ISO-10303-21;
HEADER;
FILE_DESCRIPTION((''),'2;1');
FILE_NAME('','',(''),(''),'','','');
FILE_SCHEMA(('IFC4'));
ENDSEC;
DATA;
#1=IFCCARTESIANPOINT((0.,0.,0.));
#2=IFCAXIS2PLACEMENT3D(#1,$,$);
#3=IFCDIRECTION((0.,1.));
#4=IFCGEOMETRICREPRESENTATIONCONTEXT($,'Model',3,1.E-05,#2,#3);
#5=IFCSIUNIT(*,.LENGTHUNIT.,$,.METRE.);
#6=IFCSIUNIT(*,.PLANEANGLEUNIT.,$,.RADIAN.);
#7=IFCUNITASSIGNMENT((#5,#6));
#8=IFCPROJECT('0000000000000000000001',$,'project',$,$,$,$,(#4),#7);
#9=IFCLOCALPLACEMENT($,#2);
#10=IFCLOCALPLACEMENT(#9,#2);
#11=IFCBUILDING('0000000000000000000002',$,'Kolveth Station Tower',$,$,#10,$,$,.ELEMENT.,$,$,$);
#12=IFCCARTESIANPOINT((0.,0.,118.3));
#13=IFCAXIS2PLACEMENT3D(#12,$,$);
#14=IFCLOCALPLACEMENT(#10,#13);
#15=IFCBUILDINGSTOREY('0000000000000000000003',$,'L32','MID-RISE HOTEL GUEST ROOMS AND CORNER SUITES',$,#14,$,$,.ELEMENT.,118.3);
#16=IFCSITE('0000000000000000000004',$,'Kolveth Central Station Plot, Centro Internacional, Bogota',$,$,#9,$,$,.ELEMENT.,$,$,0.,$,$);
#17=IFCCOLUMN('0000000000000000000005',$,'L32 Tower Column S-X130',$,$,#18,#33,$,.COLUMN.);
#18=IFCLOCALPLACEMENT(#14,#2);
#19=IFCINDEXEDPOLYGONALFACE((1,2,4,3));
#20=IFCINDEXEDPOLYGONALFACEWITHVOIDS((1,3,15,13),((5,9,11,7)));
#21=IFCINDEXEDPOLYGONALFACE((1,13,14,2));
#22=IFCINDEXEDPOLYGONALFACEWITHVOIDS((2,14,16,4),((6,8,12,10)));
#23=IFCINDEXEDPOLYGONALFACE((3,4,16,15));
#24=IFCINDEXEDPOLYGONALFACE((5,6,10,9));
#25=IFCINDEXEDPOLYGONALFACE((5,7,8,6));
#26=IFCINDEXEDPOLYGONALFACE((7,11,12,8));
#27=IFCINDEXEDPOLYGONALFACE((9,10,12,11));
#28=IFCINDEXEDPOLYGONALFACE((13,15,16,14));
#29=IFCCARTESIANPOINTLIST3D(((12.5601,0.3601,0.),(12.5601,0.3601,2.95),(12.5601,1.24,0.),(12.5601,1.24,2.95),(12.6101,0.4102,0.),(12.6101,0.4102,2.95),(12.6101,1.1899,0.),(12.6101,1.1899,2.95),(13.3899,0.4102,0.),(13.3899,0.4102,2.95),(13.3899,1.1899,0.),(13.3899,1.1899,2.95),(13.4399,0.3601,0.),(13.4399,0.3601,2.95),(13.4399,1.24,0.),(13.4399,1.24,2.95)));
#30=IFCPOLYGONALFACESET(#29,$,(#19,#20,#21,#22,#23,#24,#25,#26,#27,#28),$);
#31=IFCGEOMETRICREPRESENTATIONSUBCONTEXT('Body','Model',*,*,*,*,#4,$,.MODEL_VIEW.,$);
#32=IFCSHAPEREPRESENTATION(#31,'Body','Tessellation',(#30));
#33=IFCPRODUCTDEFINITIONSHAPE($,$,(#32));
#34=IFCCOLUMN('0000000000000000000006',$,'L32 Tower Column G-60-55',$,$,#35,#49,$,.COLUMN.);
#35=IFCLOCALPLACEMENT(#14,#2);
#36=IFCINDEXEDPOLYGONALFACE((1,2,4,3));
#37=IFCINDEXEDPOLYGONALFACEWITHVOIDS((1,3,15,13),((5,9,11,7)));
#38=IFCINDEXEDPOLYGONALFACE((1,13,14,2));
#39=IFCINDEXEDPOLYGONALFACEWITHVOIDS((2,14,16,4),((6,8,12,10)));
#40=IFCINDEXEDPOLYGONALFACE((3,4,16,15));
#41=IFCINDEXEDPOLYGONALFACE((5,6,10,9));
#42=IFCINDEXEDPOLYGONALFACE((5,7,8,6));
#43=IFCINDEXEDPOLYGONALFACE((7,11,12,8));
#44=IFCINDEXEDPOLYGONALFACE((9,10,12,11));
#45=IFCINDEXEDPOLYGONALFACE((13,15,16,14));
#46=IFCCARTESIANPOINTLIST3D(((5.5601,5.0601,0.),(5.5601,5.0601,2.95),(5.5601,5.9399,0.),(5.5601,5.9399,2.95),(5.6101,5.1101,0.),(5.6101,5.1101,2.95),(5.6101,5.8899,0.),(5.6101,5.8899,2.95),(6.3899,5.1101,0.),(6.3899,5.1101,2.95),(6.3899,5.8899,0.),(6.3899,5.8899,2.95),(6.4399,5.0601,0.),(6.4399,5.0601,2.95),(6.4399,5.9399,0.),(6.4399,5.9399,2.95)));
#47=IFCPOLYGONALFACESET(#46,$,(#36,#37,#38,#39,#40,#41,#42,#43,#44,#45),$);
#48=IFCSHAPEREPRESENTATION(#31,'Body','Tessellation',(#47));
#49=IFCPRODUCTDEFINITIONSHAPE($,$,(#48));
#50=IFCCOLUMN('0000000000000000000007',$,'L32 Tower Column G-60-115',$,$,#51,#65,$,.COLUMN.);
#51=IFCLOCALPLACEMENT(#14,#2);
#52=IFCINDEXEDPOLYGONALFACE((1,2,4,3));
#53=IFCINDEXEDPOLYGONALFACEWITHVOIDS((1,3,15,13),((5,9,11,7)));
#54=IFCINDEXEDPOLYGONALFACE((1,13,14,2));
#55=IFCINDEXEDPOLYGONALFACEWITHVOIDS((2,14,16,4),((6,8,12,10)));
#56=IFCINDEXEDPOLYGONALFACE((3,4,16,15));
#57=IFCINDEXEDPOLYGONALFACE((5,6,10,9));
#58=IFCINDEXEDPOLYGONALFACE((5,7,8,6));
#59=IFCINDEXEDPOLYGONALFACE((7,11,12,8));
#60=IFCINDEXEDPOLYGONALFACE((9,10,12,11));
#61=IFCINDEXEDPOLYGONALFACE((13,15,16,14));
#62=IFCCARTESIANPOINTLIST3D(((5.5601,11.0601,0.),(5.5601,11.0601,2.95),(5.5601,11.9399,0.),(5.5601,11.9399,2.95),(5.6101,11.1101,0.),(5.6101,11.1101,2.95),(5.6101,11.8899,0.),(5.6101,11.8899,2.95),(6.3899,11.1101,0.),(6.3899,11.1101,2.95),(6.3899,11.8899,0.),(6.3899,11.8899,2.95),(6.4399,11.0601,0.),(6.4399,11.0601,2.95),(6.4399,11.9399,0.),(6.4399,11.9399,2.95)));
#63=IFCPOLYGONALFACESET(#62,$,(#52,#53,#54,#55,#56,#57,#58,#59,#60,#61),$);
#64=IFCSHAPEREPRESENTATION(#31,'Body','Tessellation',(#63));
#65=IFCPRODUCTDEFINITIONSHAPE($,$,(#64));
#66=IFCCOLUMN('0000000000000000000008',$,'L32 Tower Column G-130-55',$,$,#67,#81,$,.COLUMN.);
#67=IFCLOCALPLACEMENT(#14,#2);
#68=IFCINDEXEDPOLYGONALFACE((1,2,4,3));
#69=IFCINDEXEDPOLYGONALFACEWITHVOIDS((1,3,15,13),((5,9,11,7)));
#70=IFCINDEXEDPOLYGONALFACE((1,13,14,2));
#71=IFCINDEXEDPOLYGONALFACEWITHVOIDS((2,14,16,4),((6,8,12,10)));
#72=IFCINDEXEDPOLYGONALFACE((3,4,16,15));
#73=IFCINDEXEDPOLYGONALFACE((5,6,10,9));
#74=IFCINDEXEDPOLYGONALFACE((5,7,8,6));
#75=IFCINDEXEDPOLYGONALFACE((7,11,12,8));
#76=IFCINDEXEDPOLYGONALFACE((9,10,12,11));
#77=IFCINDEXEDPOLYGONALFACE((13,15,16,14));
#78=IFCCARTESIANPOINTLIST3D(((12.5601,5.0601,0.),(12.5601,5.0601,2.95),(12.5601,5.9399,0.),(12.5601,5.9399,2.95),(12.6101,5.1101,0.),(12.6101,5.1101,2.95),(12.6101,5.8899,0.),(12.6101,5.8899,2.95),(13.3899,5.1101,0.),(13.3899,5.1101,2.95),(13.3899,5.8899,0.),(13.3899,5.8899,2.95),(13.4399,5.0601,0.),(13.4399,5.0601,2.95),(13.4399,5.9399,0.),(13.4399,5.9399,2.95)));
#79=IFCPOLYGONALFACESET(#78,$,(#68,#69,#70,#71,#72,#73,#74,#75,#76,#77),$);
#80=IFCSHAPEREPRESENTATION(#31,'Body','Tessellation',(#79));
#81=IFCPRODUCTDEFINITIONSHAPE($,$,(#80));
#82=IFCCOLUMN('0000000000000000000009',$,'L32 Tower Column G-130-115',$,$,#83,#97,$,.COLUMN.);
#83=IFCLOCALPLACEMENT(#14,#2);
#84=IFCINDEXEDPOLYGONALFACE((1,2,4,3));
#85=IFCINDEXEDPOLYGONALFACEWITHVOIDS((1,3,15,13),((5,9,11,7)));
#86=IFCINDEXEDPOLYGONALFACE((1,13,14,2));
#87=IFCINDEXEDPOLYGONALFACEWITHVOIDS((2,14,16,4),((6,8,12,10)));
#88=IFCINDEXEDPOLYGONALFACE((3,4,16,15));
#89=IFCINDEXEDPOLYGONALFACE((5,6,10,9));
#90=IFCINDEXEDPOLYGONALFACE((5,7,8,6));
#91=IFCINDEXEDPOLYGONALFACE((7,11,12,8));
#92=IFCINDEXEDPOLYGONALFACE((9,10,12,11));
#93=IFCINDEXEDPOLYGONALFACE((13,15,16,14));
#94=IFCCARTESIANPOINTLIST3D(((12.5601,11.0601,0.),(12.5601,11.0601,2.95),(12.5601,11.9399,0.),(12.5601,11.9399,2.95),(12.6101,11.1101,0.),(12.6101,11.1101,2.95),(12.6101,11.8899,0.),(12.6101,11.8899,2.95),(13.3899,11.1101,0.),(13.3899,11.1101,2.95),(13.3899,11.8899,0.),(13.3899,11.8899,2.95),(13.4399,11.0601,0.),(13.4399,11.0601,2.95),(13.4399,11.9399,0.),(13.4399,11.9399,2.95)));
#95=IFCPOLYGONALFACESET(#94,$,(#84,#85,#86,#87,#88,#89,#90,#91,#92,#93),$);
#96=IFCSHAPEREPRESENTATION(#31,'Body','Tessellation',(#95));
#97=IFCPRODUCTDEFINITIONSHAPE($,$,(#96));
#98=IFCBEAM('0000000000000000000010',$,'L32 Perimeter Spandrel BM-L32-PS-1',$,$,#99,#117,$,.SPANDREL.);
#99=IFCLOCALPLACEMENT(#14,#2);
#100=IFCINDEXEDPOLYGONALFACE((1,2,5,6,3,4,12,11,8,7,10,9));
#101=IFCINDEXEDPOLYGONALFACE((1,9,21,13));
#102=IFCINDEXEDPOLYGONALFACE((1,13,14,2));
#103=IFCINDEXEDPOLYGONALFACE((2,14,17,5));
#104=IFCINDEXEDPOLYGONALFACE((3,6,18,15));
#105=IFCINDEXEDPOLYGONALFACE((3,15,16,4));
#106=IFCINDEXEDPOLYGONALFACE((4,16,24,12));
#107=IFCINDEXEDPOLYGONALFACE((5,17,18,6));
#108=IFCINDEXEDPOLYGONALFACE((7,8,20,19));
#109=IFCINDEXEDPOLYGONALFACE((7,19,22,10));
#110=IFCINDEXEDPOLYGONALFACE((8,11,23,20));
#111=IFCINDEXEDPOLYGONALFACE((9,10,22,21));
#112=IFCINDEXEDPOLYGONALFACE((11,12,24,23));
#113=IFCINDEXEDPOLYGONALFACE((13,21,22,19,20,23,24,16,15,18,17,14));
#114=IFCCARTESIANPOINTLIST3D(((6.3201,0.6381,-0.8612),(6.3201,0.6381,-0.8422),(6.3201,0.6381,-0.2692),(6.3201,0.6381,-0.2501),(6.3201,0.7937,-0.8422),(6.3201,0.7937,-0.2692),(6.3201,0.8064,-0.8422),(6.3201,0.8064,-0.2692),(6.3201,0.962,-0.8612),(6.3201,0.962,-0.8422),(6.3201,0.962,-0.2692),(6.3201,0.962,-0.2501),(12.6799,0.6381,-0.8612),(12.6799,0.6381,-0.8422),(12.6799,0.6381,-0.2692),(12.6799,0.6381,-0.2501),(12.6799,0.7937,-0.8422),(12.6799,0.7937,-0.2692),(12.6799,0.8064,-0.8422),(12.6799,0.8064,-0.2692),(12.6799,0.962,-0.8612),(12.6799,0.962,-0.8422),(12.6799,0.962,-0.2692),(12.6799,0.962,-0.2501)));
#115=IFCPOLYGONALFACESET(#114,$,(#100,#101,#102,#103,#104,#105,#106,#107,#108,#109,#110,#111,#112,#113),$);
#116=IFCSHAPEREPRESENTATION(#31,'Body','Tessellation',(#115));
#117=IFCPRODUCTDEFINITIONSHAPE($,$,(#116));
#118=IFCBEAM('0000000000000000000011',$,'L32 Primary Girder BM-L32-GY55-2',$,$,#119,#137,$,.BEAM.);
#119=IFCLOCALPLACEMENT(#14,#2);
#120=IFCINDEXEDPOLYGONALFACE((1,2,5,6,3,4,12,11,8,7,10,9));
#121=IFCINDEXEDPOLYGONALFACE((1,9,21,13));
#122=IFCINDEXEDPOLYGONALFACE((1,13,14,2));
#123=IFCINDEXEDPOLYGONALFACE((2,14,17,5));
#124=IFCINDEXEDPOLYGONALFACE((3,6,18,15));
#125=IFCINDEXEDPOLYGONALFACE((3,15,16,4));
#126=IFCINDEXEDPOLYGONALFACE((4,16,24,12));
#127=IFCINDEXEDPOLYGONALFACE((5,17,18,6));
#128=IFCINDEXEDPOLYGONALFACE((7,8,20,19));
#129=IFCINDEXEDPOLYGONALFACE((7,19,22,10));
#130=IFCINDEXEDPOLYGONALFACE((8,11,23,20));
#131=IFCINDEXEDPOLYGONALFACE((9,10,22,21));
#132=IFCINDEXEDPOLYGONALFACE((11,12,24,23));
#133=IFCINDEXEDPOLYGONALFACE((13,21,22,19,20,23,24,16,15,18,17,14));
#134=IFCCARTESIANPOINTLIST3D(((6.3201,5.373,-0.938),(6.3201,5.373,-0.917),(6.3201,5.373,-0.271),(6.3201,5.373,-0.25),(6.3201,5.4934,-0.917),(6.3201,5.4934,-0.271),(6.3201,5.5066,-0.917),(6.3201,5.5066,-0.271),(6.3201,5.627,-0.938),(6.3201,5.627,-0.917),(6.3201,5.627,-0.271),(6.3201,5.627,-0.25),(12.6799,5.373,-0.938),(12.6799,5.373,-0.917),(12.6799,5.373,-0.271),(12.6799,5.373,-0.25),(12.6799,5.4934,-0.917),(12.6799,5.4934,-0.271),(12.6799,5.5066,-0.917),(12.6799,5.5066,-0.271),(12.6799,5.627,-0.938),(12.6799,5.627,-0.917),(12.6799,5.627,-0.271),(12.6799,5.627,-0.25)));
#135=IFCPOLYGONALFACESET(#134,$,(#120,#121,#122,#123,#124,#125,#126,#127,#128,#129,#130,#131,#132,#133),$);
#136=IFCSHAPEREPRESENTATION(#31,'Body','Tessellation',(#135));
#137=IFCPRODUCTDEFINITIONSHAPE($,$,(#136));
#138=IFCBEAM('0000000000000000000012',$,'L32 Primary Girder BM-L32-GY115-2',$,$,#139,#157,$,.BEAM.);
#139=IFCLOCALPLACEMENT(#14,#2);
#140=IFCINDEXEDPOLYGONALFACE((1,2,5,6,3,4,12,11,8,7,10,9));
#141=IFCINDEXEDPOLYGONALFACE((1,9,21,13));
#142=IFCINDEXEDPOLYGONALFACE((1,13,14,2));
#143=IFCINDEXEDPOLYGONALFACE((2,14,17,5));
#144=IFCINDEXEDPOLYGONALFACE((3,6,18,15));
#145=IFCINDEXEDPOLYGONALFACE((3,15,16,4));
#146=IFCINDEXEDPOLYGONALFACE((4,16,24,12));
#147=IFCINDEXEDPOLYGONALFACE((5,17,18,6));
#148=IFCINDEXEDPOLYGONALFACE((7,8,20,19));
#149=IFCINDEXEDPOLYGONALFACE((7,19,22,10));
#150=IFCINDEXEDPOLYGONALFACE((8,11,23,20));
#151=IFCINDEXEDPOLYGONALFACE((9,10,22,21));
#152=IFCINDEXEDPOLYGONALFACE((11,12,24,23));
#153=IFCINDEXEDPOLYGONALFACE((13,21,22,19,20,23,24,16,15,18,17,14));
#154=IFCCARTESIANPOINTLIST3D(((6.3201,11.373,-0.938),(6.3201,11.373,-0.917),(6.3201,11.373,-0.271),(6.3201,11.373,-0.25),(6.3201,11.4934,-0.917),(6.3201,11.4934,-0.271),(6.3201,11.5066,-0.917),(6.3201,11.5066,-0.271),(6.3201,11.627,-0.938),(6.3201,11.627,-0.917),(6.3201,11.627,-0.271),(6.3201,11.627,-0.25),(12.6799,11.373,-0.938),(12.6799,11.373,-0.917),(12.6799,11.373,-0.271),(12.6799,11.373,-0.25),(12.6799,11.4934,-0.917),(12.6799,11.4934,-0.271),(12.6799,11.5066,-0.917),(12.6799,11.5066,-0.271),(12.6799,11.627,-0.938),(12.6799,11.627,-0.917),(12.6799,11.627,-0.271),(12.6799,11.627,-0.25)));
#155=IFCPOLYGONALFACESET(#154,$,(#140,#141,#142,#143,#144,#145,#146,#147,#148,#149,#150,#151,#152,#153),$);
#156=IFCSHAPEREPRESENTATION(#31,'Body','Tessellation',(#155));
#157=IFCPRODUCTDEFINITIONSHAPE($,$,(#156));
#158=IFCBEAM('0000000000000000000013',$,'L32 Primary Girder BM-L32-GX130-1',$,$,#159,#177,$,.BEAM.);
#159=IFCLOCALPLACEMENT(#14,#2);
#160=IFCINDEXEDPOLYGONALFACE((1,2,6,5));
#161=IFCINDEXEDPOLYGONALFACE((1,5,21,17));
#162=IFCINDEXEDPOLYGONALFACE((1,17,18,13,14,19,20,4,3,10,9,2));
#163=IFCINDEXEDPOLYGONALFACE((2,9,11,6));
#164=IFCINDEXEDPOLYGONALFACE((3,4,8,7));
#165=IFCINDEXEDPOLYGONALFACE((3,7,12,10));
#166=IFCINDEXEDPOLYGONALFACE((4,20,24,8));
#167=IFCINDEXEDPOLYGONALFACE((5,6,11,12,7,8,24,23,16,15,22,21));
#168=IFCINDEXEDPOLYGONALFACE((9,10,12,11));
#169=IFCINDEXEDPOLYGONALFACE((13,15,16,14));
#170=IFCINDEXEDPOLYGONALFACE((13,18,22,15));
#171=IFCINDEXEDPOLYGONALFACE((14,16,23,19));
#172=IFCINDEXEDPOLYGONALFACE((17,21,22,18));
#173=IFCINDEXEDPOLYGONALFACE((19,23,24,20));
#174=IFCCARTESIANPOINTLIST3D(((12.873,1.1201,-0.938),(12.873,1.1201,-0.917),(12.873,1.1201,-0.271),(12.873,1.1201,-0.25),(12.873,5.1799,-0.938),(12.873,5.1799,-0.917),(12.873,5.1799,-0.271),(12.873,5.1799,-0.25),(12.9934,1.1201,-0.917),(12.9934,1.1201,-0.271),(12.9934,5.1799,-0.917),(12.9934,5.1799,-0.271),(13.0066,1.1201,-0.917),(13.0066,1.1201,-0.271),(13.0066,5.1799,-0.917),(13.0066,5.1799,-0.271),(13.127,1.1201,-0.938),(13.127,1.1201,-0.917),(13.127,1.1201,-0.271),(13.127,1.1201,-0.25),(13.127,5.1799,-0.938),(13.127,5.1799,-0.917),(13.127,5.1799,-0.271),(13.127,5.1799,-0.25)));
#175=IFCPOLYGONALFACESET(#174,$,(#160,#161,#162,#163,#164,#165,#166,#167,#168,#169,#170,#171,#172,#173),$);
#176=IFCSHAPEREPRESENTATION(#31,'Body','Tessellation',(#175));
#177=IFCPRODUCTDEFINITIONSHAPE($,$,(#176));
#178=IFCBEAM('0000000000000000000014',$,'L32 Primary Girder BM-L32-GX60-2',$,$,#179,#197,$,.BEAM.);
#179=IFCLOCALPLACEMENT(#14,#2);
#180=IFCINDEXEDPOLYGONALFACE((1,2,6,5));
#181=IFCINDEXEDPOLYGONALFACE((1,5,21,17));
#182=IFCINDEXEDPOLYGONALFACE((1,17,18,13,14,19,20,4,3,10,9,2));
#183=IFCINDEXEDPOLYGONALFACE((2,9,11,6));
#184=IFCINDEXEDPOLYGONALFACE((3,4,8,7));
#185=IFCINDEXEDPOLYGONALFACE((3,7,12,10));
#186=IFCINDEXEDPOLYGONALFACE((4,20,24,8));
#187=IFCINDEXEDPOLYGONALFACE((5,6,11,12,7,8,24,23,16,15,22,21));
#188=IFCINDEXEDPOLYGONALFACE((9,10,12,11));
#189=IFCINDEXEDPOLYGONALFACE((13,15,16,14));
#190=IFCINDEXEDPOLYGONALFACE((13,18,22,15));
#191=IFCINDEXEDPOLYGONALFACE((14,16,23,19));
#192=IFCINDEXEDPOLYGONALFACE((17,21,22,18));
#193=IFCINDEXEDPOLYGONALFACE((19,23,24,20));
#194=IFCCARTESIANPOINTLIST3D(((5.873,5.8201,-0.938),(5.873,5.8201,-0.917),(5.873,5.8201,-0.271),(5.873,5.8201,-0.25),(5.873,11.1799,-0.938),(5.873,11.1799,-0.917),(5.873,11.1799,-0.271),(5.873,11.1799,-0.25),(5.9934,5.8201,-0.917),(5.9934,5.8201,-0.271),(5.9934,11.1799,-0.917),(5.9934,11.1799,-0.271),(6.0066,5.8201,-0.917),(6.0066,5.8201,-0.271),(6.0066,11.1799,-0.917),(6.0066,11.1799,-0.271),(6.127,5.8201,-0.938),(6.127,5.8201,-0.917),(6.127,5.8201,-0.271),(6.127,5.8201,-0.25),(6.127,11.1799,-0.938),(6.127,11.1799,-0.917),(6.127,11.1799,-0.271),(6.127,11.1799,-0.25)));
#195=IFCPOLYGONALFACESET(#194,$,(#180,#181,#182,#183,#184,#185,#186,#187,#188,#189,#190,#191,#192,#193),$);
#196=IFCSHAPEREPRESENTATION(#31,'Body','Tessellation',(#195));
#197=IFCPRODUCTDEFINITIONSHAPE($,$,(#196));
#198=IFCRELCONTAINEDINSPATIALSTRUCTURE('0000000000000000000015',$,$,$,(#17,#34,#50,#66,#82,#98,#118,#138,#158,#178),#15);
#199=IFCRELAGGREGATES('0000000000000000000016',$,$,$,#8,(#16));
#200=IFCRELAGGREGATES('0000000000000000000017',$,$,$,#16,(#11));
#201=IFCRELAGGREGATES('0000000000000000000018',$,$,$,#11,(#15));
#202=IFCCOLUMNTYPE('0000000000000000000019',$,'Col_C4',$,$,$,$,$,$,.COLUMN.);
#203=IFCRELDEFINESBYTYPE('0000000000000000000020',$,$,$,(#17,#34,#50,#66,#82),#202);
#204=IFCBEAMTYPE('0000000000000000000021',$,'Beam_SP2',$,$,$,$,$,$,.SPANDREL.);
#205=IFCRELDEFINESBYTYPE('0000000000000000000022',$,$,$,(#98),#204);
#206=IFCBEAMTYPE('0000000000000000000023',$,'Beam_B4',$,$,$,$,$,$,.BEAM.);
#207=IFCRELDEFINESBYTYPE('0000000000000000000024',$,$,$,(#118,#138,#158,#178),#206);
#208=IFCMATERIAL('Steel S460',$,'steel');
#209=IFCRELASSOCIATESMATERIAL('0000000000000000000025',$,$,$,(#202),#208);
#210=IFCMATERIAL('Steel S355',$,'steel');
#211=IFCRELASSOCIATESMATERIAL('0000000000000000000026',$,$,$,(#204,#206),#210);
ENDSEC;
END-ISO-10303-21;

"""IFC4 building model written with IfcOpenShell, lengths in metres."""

from ifc_helpers import new_model, si_unit, direction, frame, origin, origin_2d, place, context, subcontext, project, spatial, hollow_rectangle, i_section, extrude, source, transform, mapped, material, material_profile, profile_set, type_object, element, save


model = new_model("IFC4")

# Units and contexts
model_context = context("Model", 3, precision=1e-05, world=origin(), true_north=direction((0.0, 1.0)))
body_context = subcontext(model_context, "Body", "Model", "MODEL_VIEW")
ifc_project = project(units=[si_unit("LENGTHUNIT", "METRE"), si_unit("PLANEANGLEUNIT", "RADIAN")], contexts=[model_context])

# Site, building, storey
site_placement = place(None, origin())
site = spatial("IfcSite", under=ifc_project, at=site_placement, Name="Kolveth Central Station Plot, Centro Internacional, Bogota", CompositionType="ELEMENT", RefElevation=0.0)
building_placement = place(site_placement, origin())
building = spatial("IfcBuilding", under=site, at=building_placement, Name="Kolveth Station Tower", CompositionType="ELEMENT")
storey_placement = place(building_placement, frame((0.0, 0.0, 118.3)))
storey = spatial("IfcBuildingStorey", under=building, at=storey_placement, Name="L32", Description="MID-RISE HOTEL GUEST ROOMS AND CORNER SUITES", CompositionType="ELEMENT", Elevation=118.3)

# Columns
ifc_material_1 = material(Name="Steel S460", Category="steel")
ifc_material_profile_1 = material_profile(ifc_material_1, hollow_rectangle(XDim=0.8799, YDim=0.8799, WallThickness=0.05, at=origin_2d()), Name="BOX880x880x50")
ifc_profile_set_1 = profile_set([ifc_material_profile_1], Name="Steel S460")
column_type = type_object("IfcColumnType", Name="Col_C4", PredefinedType="COLUMN", material=ifc_profile_set_1)
shared_shape_1 = source(origin(), body_context, "Body", "SweptSolid", [
    extrude(hollow_rectangle(XDim=0.8799, YDim=0.8799, WallThickness=0.05, at=origin_2d()), origin(), (0.0, 0.0, 1.0), 2.95),
])
for number, where, z_axis, x_axis, name in (
    (1, (13.0, 0.8, 0.0), (0.0, 0.0, 1.0), (1.0, 0.0, 0.0), "L32 Tower Column S-X130"),
    (2, (6.0, 5.5, 0.0), (0.0, 0.0, 1.0), (1.0, 0.0, 0.0), "L32 Tower Column G-60-55"),
    (3, (6.0, 11.5, 0.0), (0.0, 0.0, 1.0), (1.0, 0.0, 0.0), "L32 Tower Column G-60-115"),
    (4, (13.0, 5.5, 0.0), (0.0, 0.0, 1.0), (1.0, 0.0, 0.0), "L32 Tower Column G-130-55"),
    (5, (13.0, 11.5, 0.0), (0.0, 0.0, 1.0), (1.0, 0.0, 0.0), "L32 Tower Column G-130-115"),
):
    element("IfcColumn", number, at=place(storey_placement, frame(where, z_axis=z_axis, x_axis=x_axis)), inside=storey, type_object=column_type, Name=name, PredefinedType="COLUMN", context=body_context, shape_type="MappedRepresentation", body=[
        mapped(shared_shape_1, transform((0.0, 0.0, 0.0), x_axis=(1.0, 0.0, 0.0), y_axis=(0.0, 1.0, 0.0), z_axis=(0.0, 0.0, 1.0), scale=1.0)),
    ])

# Beams
ifc_material_2 = material(Name="Steel S355", Category="steel")
ifc_material_profile_2 = material_profile(ifc_material_2, i_section(OverallWidth=0.324, OverallDepth=0.6111, WebThickness=0.0127, FlangeThickness=0.019, at=origin_2d()), Name="W610x155")
ifc_profile_set_2 = profile_set([ifc_material_profile_2], Name="Steel S355")
beam_type_1 = type_object("IfcBeamType", Name="Beam_SP2", PredefinedType="SPANDREL", material=ifc_profile_set_2)
shared_shape_2 = source(origin(), body_context, "Body", "SweptSolid", [
    extrude(i_section(OverallWidth=0.324, OverallDepth=0.6111, WebThickness=0.0127, FlangeThickness=0.019, at=origin_2d()), origin(), (0.0, 0.0, 1.0), 6.3599),
])
beam_1_placement = place(storey_placement, frame((6.3201, 0.8, -0.5557), z_axis=(1.0, 0.0, 0.0), x_axis=(0.0, 1.0, 0.0)))
element("IfcBeam", 6, at=beam_1_placement, inside=storey, type_object=beam_type_1, Name="L32 Perimeter Spandrel BM-L32-PS-1", PredefinedType="SPANDREL", context=body_context, shape_type="MappedRepresentation", body=[
    mapped(shared_shape_2, transform((0.0, 0.0, 0.0), x_axis=(1.0, 0.0, 0.0), y_axis=(0.0, 1.0, 0.0), z_axis=(0.0, 0.0, 1.0), scale=1.0)),
])
ifc_material_profile_3 = material_profile(ifc_material_2, i_section(OverallWidth=0.2539, OverallDepth=0.688, WebThickness=0.0132, FlangeThickness=0.021, at=origin_2d()), Name="W690x152")
ifc_profile_set_3 = profile_set([ifc_material_profile_3], Name="Steel S355")
beam_type_2 = type_object("IfcBeamType", Name="Beam_B4", PredefinedType="BEAM", material=ifc_profile_set_3)
shared_shape_3 = source(origin(), body_context, "Body", "SweptSolid", [
    extrude(i_section(OverallWidth=0.2539, OverallDepth=0.688, WebThickness=0.0132, FlangeThickness=0.021, at=origin_2d()), origin(), (0.0, 0.0, 1.0), 6.3599),
])
for number, where, z_axis, x_axis, name in (
    (7, (6.3201, 5.5, -0.594), (1.0, 0.0, 0.0), (0.0, 1.0, 0.0), "L32 Primary Girder BM-L32-GY55-2"),
    (8, (6.3201, 11.5, -0.594), (1.0, 0.0, 0.0), (0.0, 1.0, 0.0), "L32 Primary Girder BM-L32-GY115-2"),
):
    element("IfcBeam", number, at=place(storey_placement, frame(where, z_axis=z_axis, x_axis=x_axis)), inside=storey, type_object=beam_type_2, Name=name, PredefinedType="BEAM", context=body_context, shape_type="MappedRepresentation", body=[
        mapped(shared_shape_3, transform((0.0, 0.0, 0.0), x_axis=(1.0, 0.0, 0.0), y_axis=(0.0, 1.0, 0.0), z_axis=(0.0, 0.0, 1.0), scale=1.0)),
    ])
shared_shape_4 = source(origin(), body_context, "Body", "SweptSolid", [
    extrude(i_section(OverallWidth=0.2539, OverallDepth=0.688, WebThickness=0.0132, FlangeThickness=0.021, at=origin_2d()), origin(), (0.0, 0.0, 1.0), 4.0598),
])
beam_2_placement = place(storey_placement, frame((13.0, 1.1201, -0.594), z_axis=(0.0, 1.0, 0.0), x_axis=(-1.0, 0.0, 0.0)))
element("IfcBeam", 9, at=beam_2_placement, inside=storey, type_object=beam_type_2, Name="L32 Primary Girder BM-L32-GX130-1", PredefinedType="BEAM", context=body_context, shape_type="MappedRepresentation", body=[
    mapped(shared_shape_4, transform((0.0, 0.0, 0.0), x_axis=(1.0, 0.0, 0.0), y_axis=(0.0, 1.0, 0.0), z_axis=(0.0, 0.0, 1.0), scale=1.0)),
])
shared_shape_5 = source(origin(), body_context, "Body", "SweptSolid", [
    extrude(i_section(OverallWidth=0.2539, OverallDepth=0.688, WebThickness=0.0132, FlangeThickness=0.021, at=origin_2d()), origin(), (0.0, 0.0, 1.0), 5.3599),
])
for number, where, z_axis, x_axis, name in (
    (10, (6.0, 5.8201, -0.594), (0.0, 1.0, 0.0), (-1.0, 0.0, 0.0), "L32 Primary Girder BM-L32-GX60-2"),
):
    element("IfcBeam", number, at=place(storey_placement, frame(where, z_axis=z_axis, x_axis=x_axis)), inside=storey, type_object=beam_type_2, Name=name, PredefinedType="BEAM", context=body_context, shape_type="MappedRepresentation", body=[
        mapped(shared_shape_5, transform((0.0, 0.0, 0.0), x_axis=(1.0, 0.0, 0.0), y_axis=(0.0, 1.0, 0.0), z_axis=(0.0, 0.0, 1.0), scale=1.0)),
    ])

save(model, "model.ifc")
